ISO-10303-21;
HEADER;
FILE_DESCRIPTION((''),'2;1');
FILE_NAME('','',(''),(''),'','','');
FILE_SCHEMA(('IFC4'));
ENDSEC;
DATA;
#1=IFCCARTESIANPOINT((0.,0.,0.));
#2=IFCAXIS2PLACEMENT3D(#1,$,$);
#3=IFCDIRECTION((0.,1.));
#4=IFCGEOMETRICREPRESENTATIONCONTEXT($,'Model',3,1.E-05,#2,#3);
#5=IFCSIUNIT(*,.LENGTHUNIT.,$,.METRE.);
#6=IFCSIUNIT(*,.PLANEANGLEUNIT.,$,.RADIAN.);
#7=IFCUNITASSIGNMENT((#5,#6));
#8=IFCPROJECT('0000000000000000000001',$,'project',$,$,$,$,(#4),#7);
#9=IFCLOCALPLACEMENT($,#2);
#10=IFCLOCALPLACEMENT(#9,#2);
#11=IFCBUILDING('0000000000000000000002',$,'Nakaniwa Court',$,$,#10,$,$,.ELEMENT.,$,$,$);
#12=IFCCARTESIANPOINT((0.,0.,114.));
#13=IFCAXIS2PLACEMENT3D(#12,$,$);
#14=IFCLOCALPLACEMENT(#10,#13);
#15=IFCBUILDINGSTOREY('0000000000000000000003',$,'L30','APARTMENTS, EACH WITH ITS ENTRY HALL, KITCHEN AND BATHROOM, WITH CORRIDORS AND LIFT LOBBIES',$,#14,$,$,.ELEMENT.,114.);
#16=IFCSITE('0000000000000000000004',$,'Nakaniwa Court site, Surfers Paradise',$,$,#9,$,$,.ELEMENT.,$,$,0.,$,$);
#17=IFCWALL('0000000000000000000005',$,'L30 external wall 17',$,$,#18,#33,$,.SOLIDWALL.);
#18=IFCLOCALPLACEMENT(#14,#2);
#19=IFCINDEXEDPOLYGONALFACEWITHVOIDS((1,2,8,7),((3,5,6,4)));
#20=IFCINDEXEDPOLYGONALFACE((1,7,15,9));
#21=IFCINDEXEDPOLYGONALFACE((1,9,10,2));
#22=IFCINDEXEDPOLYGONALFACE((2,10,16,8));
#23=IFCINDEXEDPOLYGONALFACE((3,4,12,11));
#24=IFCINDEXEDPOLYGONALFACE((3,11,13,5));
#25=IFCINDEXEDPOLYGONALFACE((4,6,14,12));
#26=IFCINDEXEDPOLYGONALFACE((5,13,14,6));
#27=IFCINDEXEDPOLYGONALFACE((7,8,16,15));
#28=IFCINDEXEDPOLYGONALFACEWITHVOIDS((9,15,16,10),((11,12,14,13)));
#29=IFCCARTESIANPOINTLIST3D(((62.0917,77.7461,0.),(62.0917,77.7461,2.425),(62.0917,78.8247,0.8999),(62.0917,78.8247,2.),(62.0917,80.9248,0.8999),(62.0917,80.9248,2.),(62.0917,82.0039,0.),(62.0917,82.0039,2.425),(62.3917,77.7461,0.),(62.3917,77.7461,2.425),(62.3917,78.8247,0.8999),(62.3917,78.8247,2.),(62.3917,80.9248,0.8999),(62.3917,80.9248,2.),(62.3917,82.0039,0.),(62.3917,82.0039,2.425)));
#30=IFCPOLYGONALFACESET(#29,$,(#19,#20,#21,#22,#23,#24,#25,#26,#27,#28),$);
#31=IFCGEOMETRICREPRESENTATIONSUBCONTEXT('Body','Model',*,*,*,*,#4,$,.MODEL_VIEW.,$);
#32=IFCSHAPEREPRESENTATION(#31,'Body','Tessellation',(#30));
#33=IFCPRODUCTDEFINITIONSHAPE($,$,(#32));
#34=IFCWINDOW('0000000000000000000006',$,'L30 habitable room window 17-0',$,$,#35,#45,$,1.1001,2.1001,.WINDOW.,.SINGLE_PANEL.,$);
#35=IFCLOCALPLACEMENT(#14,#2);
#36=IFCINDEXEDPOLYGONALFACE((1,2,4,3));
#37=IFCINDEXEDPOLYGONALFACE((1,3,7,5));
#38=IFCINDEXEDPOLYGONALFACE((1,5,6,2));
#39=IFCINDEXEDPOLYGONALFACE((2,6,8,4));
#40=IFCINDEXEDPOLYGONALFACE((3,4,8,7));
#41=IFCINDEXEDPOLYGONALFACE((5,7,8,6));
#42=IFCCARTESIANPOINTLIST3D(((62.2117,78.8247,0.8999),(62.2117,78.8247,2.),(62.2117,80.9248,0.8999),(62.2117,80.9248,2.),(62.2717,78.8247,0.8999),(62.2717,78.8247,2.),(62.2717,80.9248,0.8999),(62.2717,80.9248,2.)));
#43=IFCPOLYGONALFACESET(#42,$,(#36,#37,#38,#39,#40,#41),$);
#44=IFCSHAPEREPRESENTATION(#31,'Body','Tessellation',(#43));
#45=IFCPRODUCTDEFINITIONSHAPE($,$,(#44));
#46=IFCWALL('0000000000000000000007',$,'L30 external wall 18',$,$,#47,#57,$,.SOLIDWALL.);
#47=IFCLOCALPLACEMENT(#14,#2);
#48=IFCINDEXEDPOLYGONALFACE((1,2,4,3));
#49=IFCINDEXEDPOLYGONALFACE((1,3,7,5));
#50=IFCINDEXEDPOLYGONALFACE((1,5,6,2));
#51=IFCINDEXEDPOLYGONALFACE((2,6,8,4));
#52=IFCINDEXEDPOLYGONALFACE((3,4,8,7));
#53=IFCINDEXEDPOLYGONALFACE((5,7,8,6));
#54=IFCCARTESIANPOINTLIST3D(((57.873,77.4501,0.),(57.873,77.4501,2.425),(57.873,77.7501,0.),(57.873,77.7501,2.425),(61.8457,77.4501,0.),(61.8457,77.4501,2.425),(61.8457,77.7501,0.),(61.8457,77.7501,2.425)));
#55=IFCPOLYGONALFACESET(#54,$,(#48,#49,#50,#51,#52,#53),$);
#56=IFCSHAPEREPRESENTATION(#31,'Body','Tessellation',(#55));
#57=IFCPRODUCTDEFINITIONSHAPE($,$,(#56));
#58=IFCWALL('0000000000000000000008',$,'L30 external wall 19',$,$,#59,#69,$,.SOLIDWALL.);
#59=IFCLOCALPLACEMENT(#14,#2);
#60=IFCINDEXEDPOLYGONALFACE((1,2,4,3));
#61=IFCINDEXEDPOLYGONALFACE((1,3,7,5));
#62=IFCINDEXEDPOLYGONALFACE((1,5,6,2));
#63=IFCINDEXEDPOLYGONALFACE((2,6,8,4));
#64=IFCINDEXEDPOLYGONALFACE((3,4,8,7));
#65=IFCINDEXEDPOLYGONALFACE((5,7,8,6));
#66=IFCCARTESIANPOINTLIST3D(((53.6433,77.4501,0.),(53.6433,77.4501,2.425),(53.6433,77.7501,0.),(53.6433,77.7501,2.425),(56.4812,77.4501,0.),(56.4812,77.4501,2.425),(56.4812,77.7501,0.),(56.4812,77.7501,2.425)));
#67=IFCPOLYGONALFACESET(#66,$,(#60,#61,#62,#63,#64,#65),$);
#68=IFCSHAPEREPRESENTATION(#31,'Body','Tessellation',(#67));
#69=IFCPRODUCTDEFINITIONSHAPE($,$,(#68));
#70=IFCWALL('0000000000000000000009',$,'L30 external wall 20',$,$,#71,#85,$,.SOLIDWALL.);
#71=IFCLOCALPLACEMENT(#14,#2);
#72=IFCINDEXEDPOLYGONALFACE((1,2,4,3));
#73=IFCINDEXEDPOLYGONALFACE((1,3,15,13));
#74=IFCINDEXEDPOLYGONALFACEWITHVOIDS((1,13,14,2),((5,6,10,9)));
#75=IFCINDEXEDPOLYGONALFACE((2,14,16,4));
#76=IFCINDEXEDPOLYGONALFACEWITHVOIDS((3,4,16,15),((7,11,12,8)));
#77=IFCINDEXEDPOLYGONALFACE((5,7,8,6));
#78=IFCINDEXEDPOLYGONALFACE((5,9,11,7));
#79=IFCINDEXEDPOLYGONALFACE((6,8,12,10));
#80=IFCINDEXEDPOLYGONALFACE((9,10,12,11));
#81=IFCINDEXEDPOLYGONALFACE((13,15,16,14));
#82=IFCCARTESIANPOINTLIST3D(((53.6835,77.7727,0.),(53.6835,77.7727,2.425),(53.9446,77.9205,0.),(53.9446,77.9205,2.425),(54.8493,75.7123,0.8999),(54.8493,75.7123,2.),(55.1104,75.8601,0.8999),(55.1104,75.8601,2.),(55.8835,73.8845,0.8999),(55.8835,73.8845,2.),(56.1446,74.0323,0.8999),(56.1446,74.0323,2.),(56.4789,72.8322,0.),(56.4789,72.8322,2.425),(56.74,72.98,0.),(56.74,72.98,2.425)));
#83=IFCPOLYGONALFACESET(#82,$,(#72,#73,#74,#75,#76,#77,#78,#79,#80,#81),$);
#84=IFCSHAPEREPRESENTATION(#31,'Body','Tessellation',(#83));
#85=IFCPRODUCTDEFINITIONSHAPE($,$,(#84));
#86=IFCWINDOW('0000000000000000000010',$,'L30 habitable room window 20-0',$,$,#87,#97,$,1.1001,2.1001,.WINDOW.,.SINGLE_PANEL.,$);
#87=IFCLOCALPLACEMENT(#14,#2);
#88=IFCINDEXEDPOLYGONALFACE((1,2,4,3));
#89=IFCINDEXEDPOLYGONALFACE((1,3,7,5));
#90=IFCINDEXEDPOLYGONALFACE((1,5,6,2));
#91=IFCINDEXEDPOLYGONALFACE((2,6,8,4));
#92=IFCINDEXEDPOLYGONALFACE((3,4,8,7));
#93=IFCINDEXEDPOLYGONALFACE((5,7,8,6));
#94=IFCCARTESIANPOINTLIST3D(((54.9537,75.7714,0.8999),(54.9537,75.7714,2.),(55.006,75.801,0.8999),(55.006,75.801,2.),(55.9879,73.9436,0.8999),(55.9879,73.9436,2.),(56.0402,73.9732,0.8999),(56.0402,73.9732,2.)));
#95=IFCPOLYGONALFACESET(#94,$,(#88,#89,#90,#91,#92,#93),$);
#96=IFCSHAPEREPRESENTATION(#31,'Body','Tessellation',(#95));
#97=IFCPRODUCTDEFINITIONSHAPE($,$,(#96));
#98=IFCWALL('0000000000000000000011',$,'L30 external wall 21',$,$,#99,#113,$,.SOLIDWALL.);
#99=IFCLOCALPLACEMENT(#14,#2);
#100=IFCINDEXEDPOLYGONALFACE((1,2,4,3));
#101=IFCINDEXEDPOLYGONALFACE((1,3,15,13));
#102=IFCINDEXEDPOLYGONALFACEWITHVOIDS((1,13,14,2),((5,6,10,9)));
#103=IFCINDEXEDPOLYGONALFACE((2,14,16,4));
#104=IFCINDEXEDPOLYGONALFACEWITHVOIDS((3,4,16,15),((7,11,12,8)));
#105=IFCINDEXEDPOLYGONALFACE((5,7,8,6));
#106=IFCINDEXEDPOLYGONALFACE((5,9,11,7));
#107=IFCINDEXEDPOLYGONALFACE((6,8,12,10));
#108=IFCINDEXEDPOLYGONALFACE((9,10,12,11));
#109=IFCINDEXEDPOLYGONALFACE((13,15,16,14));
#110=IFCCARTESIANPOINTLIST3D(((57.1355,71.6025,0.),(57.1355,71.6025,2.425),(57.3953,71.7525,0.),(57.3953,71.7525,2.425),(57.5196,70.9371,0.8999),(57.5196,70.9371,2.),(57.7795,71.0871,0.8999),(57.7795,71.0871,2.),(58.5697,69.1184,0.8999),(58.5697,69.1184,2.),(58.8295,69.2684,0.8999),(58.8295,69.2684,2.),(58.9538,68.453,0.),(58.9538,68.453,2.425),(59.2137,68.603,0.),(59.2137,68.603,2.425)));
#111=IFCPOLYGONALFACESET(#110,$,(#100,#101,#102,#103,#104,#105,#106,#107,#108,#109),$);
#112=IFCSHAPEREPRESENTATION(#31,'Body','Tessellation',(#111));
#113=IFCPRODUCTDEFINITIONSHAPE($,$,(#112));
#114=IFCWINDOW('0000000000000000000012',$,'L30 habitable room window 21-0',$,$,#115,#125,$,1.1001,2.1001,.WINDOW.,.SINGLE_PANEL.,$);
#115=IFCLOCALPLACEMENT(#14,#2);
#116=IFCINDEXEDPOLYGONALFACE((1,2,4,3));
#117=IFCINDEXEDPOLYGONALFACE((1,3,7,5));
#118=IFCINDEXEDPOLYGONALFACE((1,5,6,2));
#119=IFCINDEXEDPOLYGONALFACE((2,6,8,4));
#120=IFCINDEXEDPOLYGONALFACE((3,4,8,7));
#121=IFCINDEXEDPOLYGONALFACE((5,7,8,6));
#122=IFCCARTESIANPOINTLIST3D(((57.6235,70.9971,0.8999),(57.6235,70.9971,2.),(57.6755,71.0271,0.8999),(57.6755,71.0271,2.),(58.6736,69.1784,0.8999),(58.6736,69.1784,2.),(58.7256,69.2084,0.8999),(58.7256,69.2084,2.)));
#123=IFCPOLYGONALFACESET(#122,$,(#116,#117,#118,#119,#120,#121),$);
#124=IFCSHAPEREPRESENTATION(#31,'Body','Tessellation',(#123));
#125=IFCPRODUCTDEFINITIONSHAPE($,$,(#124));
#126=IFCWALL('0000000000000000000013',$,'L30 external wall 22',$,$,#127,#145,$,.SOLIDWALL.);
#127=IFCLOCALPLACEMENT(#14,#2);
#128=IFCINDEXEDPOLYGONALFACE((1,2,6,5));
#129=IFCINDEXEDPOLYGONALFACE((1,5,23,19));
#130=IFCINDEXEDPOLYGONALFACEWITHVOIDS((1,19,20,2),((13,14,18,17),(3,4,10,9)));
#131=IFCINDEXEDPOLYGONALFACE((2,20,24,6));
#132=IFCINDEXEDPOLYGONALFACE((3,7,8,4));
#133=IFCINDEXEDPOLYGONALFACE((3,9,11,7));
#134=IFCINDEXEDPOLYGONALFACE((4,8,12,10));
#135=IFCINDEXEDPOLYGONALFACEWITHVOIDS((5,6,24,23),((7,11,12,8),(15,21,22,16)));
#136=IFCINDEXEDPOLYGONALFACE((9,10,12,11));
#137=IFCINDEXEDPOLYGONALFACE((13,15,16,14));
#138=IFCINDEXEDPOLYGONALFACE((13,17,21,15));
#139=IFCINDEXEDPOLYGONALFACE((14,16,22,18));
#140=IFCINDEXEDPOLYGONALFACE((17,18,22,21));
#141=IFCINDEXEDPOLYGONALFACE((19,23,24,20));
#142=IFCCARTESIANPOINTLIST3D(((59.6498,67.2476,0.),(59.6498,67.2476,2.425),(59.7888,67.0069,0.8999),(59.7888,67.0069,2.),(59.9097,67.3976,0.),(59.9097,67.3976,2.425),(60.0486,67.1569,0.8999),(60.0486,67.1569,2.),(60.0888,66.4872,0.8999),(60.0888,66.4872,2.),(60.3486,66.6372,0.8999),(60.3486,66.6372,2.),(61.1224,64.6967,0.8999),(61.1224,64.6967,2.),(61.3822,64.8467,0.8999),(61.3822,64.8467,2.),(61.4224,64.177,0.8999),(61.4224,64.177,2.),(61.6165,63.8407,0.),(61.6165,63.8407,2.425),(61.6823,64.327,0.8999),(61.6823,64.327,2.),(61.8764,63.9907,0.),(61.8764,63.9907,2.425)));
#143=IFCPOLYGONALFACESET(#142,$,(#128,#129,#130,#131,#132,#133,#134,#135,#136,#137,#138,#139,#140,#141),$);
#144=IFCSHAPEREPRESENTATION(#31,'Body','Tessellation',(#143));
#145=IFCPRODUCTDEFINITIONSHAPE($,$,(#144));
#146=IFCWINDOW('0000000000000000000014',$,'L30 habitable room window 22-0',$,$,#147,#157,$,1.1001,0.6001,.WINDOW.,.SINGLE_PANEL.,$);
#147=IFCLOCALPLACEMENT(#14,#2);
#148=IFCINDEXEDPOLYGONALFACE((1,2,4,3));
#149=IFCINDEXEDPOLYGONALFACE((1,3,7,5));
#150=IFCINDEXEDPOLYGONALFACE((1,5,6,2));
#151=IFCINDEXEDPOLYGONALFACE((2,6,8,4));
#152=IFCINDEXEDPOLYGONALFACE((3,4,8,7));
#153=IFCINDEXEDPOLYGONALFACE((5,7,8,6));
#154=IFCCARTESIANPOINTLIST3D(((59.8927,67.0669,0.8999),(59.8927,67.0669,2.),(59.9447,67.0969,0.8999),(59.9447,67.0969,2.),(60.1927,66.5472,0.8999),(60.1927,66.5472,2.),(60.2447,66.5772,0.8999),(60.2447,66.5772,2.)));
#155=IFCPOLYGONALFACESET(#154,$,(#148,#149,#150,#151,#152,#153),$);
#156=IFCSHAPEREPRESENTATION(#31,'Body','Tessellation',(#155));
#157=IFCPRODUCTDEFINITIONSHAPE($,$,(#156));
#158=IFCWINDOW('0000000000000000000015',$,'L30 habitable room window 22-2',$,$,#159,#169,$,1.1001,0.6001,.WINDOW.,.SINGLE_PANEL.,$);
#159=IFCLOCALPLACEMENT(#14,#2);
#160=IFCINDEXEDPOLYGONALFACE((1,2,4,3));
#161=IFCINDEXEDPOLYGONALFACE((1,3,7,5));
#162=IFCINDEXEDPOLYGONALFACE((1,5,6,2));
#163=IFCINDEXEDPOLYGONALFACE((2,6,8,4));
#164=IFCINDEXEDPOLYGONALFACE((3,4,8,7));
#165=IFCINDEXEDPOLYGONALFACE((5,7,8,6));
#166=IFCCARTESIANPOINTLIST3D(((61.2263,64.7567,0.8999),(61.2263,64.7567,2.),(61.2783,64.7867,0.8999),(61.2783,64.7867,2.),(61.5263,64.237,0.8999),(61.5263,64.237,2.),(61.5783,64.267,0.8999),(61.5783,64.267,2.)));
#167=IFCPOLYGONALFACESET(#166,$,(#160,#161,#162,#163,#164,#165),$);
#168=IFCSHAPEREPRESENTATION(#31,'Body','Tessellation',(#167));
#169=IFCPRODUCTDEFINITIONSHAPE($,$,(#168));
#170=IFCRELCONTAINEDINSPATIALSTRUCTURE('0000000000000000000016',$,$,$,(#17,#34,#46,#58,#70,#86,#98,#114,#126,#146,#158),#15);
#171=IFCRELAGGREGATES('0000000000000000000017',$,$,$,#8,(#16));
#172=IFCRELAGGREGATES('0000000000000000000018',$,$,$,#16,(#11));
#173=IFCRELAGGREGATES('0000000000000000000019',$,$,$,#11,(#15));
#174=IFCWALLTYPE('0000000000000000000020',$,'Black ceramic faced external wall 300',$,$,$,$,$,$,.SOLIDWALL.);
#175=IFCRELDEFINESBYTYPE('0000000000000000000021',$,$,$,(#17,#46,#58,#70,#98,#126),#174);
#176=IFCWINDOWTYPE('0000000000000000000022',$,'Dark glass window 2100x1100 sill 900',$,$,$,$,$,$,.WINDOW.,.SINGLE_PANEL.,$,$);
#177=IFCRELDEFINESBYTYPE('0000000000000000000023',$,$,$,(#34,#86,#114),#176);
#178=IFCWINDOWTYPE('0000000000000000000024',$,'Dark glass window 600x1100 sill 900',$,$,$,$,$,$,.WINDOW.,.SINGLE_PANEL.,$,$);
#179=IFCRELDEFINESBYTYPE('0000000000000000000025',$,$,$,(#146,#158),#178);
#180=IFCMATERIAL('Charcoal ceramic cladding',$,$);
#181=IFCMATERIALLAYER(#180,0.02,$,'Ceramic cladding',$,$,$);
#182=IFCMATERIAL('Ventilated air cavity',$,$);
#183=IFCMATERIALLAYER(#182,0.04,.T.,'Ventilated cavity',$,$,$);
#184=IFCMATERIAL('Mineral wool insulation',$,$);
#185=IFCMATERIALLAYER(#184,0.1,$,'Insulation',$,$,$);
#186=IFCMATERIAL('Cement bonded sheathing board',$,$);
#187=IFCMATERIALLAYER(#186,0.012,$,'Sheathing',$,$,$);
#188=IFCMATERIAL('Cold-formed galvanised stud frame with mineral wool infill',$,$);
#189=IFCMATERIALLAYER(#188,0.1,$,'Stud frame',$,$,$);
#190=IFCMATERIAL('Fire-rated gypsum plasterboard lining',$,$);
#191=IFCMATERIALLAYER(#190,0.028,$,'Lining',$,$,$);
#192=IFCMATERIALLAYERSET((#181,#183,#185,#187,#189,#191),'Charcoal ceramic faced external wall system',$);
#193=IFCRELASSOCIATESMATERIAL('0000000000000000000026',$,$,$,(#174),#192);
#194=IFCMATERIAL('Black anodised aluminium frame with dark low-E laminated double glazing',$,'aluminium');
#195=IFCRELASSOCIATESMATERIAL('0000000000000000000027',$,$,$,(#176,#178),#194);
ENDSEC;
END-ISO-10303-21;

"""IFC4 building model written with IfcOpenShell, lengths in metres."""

from ifc_helpers import new_model, si_unit, direction, frame, frame_2d, origin, place, context, subcontext, project, spatial, rectangle, extrude, material, layer, layer_set, type_object, element, fill, save


model = new_model("IFC4")

# Units and contexts
model_context = context("Model", 3, precision=1e-05, world=origin(), true_north=direction((0.0, 1.0)))
body_context = subcontext(model_context, "Body", "Model", "MODEL_VIEW")
ifc_project = project(units=[si_unit("LENGTHUNIT", "METRE"), si_unit("PLANEANGLEUNIT", "RADIAN")], contexts=[model_context])

# Site, building, storey
site_placement = place(None, origin())
site = spatial("IfcSite", under=ifc_project, at=site_placement, Name="Nakaniwa Court site, Surfers Paradise", CompositionType="ELEMENT", RefElevation=0.0)
building_placement = place(site_placement, origin())
building = spatial("IfcBuilding", under=site, at=building_placement, Name="Nakaniwa Court", CompositionType="ELEMENT")
storey_placement = place(building_placement, frame((0.0, 0.0, 114.0)))
storey = spatial("IfcBuildingStorey", under=building, at=storey_placement, Name="L30", Description="APARTMENTS, EACH WITH ITS ENTRY HALL, KITCHEN AND BATHROOM, WITH CORRIDORS AND LIFT LOBBIES", CompositionType="ELEMENT", Elevation=114.0)

# Wall, opening, window
ifc_material_1 = material(Name="Charcoal ceramic cladding")
ifc_layer_1 = layer(ifc_material_1, 0.02, Name="Ceramic cladding")
ifc_material_2 = material(Name="Ventilated air cavity")
ifc_layer_2 = layer(ifc_material_2, 0.04, ventilated=True, Name="Ventilated cavity")
ifc_material_3 = material(Name="Mineral wool insulation")
ifc_layer_3 = layer(ifc_material_3, 0.1, Name="Insulation")
ifc_material_4 = material(Name="Cement bonded sheathing board")
ifc_layer_4 = layer(ifc_material_4, 0.012, Name="Sheathing")
ifc_material_5 = material(Name="Cold-formed galvanised stud frame with mineral wool infill")
ifc_layer_5 = layer(ifc_material_5, 0.1, Name="Stud frame")
ifc_material_6 = material(Name="Fire-rated gypsum plasterboard lining")
ifc_layer_6 = layer(ifc_material_6, 0.028, Name="Lining")
ifc_layer_set_1 = layer_set([ifc_layer_1, ifc_layer_2, ifc_layer_3, ifc_layer_4, ifc_layer_5, ifc_layer_6], Name="Charcoal ceramic faced external wall system")
wall_type_1 = type_object("IfcWallType", Name="Black ceramic faced external wall 300", PredefinedType="SOLIDWALL", material=ifc_layer_set_1)
wall_1_placement = place(storey_placement, frame((62.2417, 82.0039, 0.0), z_axis=(0.0, 0.0, 1.0), x_axis=(0.0, -1.0, 0.0)))
wall_1 = element("IfcWall", 1, at=wall_1_placement, inside=storey, type_object=wall_type_1, Name="L30 external wall 17", PredefinedType="SOLIDWALL", context=body_context, shape_type="SweptSolid", body=[
    extrude(rectangle(XDim=4.2578, YDim=0.3, at=frame_2d((2.1289, 0.0))), origin(), (0.0, 0.0, 1.0), 2.425),
])
opening_1_placement = place(wall_1_placement, frame((1.0791, 0.0, 0.8999)))
opening_1 = element("IfcOpeningElement", 2, at=opening_1_placement, cuts=wall_1, PredefinedType="OPENING", context=body_context, shape_type="SweptSolid", body=[
    extrude(rectangle(XDim=2.1001, YDim=1.1001, at=frame_2d((1.05, 0.55))), frame((0.0, 0.1599, 0.0), z_axis=(0.0, -1.0, 0.0), x_axis=(1.0, 0.0, 0.0)), (0.0, 0.0, 1.0), 0.3201),
])
ifc_material_7 = material(Name="Black anodised aluminium frame with dark low-E laminated double glazing", Category="aluminium")
window_type_1 = type_object("IfcWindowType", Name="Dark glass window 2100x1100 sill 900", PartitioningType="SINGLE_PANEL", PredefinedType="WINDOW", material=ifc_material_7)
window_1_placement = place(opening_1_placement, origin())
window_1 = element("IfcWindow", 3, at=window_1_placement, inside=storey, type_object=window_type_1, Name="L30 habitable room window 17-0", OverallHeight=1.1001, OverallWidth=2.1001, PartitioningType="SINGLE_PANEL", PredefinedType="WINDOW", context=body_context, shape_type="SweptSolid", body=[
    extrude(rectangle(XDim=2.1001, YDim=1.1001, at=frame_2d((1.05, 0.55))), frame((0.0, 0.03, 0.0), z_axis=(0.0, -1.0, 0.0), x_axis=(1.0, 0.0, 0.0)), (0.0, 0.0, 1.0), 0.0601),
])
fill(opening_1, window_1)

# Walls
wall_2_placement = place(storey_placement, frame((61.8457, 77.6001, 0.0), z_axis=(0.0, 0.0, 1.0), x_axis=(-1.0, 0.0, 0.0)))
element("IfcWall", 4, at=wall_2_placement, inside=storey, type_object=wall_type_1, Name="L30 external wall 18", PredefinedType="SOLIDWALL", context=body_context, shape_type="SweptSolid", body=[
    extrude(rectangle(XDim=3.9727, YDim=0.3, at=frame_2d((1.9863, 0.0))), origin(), (0.0, 0.0, 1.0), 2.425),
])
wall_3_placement = place(storey_placement, frame((56.4812, 77.6001, 0.0), z_axis=(0.0, 0.0, 1.0), x_axis=(-1.0, 0.0, 0.0)))
element("IfcWall", 5, at=wall_3_placement, inside=storey, type_object=wall_type_1, Name="L30 external wall 19", PredefinedType="SOLIDWALL", context=body_context, shape_type="SweptSolid", body=[
    extrude(rectangle(XDim=2.8379, YDim=0.3, at=frame_2d((1.4189, 0.0))), origin(), (0.0, 0.0, 1.0), 2.425),
])

# Walls, openings, windows
wall_4_placement = place(storey_placement, frame((53.814, 77.8467, 0.0), z_axis=(0.0, 0.0, 1.0), x_axis=(0.492457, -0.870337, 0.0)))
wall_4 = element("IfcWall", 6, at=wall_4_placement, inside=storey, type_object=wall_type_1, Name="L30 external wall 20", PredefinedType="SOLIDWALL", context=body_context, shape_type="SweptSolid", body=[
    extrude(rectangle(XDim=5.6765, YDim=0.3, at=frame_2d((2.8384, 0.0))), origin(), (0.0, 0.0, 1.0), 2.425),
])
opening_2_placement = place(wall_4_placement, frame((2.3674, 0.0, 0.8999)))
opening_2 = element("IfcOpeningElement", 7, at=opening_2_placement, cuts=wall_4, PredefinedType="OPENING", context=body_context, shape_type="SweptSolid", body=[
    extrude(rectangle(XDim=2.1001, YDim=1.1001, at=frame_2d((1.05, 0.55))), frame((0.0, 0.1599, 0.0), z_axis=(0.0, -1.0, 0.0), x_axis=(1.0, 0.0, 0.0)), (0.0, 0.0, 1.0), 0.3201),
])
window_2_placement = place(opening_2_placement, origin())
window_2 = element("IfcWindow", 8, at=window_2_placement, inside=storey, type_object=window_type_1, Name="L30 habitable room window 20-0", OverallHeight=1.1001, OverallWidth=2.1001, PartitioningType="SINGLE_PANEL", PredefinedType="WINDOW", context=body_context, shape_type="SweptSolid", body=[
    extrude(rectangle(XDim=2.1001, YDim=1.1001, at=frame_2d((1.05, 0.55))), frame((0.0, 0.03, 0.0), z_axis=(0.0, -1.0, 0.0), x_axis=(1.0, 0.0, 0.0)), (0.0, 0.0, 1.0), 0.0601),
])
fill(opening_2, window_2)
wall_5_placement = place(storey_placement, frame((57.2654, 71.6775, 0.0), z_axis=(0.0, 0.0, 1.0), x_axis=(0.500009, -0.86602, 0.0)))
wall_5 = element("IfcWall", 9, at=wall_5_placement, inside=storey, type_object=wall_type_1, Name="L30 external wall 21", PredefinedType="SOLIDWALL", context=body_context, shape_type="SweptSolid", body=[
    extrude(rectangle(XDim=3.6367, YDim=0.3, at=frame_2d((1.8184, 0.0))), origin(), (0.0, 0.0, 1.0), 2.425),
])
opening_3_placement = place(wall_5_placement, frame((0.7683, 0.0, 0.8999)))
opening_3 = element("IfcOpeningElement", 10, at=opening_3_placement, cuts=wall_5, PredefinedType="OPENING", context=body_context, shape_type="SweptSolid", body=[
    extrude(rectangle(XDim=2.1001, YDim=1.1001, at=frame_2d((1.05, 0.55))), frame((0.0, 0.1599, 0.0), z_axis=(0.0, -1.0, 0.0), x_axis=(1.0, 0.0, 0.0)), (0.0, 0.0, 1.0), 0.3201),
])
window_3_placement = place(opening_3_placement, origin())
window_3 = element("IfcWindow", 11, at=window_3_placement, inside=storey, type_object=window_type_1, Name="L30 habitable room window 21-0", OverallHeight=1.1001, OverallWidth=2.1001, PartitioningType="SINGLE_PANEL", PredefinedType="WINDOW", context=body_context, shape_type="SweptSolid", body=[
    extrude(rectangle(XDim=2.1001, YDim=1.1001, at=frame_2d((1.05, 0.55))), frame((0.0, 0.03, 0.0), z_axis=(0.0, -1.0, 0.0), x_axis=(1.0, 0.0, 0.0)), (0.0, 0.0, 1.0), 0.0601),
])
fill(opening_3, window_3)

# Wall, openings, windows
wall_6_placement = place(storey_placement, frame((59.7798, 67.3225, 0.0), z_axis=(0.0, 0.0, 1.0), x_axis=(0.499957, -0.86605, 0.0)))
wall_6 = element("IfcWall", 12, at=wall_6_placement, inside=storey, type_object=wall_type_1, Name="L30 external wall 22", PredefinedType="SOLIDWALL", context=body_context, shape_type="SweptSolid", body=[
    extrude(rectangle(XDim=3.9338, YDim=0.3, at=frame_2d((1.9668, 0.0))), origin(), (0.0, 0.0, 1.0), 2.425),
])
opening_4_placement = place(wall_6_placement, frame((0.2778, 0.0, 0.8999)))
opening_4 = element("IfcOpeningElement", 13, at=opening_4_placement, cuts=wall_6, PredefinedType="OPENING", context=body_context, shape_type="SweptSolid", body=[
    extrude(rectangle(XDim=0.6001, YDim=1.1001, at=frame_2d((0.3, 0.55))), frame((0.0, 0.1599, 0.0), z_axis=(0.0, -1.0, 0.0), x_axis=(1.0, 0.0, 0.0)), (0.0, 0.0, 1.0), 0.3201),
])
opening_5_placement = place(wall_6_placement, frame((2.9453, 0.0, 0.8999)))
opening_5 = element("IfcOpeningElement", 14, at=opening_5_placement, cuts=wall_6, PredefinedType="OPENING", context=body_context, shape_type="SweptSolid", body=[
    extrude(rectangle(XDim=0.6001, YDim=1.1001, at=frame_2d((0.3, 0.55))), frame((0.0, 0.1599, 0.0), z_axis=(0.0, -1.0, 0.0), x_axis=(1.0, 0.0, 0.0)), (0.0, 0.0, 1.0), 0.3201),
])
window_type_2 = type_object("IfcWindowType", Name="Dark glass window 600x1100 sill 900", PartitioningType="SINGLE_PANEL", PredefinedType="WINDOW", material=ifc_material_7)
window_4_placement = place(opening_4_placement, origin())
window_4 = element("IfcWindow", 15, at=window_4_placement, inside=storey, type_object=window_type_2, Name="L30 habitable room window 22-0", OverallHeight=1.1001, OverallWidth=0.6001, PartitioningType="SINGLE_PANEL", PredefinedType="WINDOW", context=body_context, shape_type="SweptSolid", body=[
    extrude(rectangle(XDim=0.6001, YDim=1.1001, at=frame_2d((0.3, 0.55))), frame((0.0, 0.03, 0.0), z_axis=(0.0, -1.0, 0.0), x_axis=(1.0, 0.0, 0.0)), (0.0, 0.0, 1.0), 0.0601),
])
fill(opening_4, window_4)
window_5_placement = place(opening_5_placement, origin())
window_5 = element("IfcWindow", 16, at=window_5_placement, inside=storey, type_object=window_type_2, Name="L30 habitable room window 22-2", OverallHeight=1.1001, OverallWidth=0.6001, PartitioningType="SINGLE_PANEL", PredefinedType="WINDOW", context=body_context, shape_type="SweptSolid", body=[
    extrude(rectangle(XDim=0.6001, YDim=1.1001, at=frame_2d((0.3, 0.55))), frame((0.0, 0.03, 0.0), z_axis=(0.0, -1.0, 0.0), x_axis=(1.0, 0.0, 0.0)), (0.0, 0.0, 1.0), 0.0601),
])
fill(opening_5, window_5)

save(model, "model.ifc")
